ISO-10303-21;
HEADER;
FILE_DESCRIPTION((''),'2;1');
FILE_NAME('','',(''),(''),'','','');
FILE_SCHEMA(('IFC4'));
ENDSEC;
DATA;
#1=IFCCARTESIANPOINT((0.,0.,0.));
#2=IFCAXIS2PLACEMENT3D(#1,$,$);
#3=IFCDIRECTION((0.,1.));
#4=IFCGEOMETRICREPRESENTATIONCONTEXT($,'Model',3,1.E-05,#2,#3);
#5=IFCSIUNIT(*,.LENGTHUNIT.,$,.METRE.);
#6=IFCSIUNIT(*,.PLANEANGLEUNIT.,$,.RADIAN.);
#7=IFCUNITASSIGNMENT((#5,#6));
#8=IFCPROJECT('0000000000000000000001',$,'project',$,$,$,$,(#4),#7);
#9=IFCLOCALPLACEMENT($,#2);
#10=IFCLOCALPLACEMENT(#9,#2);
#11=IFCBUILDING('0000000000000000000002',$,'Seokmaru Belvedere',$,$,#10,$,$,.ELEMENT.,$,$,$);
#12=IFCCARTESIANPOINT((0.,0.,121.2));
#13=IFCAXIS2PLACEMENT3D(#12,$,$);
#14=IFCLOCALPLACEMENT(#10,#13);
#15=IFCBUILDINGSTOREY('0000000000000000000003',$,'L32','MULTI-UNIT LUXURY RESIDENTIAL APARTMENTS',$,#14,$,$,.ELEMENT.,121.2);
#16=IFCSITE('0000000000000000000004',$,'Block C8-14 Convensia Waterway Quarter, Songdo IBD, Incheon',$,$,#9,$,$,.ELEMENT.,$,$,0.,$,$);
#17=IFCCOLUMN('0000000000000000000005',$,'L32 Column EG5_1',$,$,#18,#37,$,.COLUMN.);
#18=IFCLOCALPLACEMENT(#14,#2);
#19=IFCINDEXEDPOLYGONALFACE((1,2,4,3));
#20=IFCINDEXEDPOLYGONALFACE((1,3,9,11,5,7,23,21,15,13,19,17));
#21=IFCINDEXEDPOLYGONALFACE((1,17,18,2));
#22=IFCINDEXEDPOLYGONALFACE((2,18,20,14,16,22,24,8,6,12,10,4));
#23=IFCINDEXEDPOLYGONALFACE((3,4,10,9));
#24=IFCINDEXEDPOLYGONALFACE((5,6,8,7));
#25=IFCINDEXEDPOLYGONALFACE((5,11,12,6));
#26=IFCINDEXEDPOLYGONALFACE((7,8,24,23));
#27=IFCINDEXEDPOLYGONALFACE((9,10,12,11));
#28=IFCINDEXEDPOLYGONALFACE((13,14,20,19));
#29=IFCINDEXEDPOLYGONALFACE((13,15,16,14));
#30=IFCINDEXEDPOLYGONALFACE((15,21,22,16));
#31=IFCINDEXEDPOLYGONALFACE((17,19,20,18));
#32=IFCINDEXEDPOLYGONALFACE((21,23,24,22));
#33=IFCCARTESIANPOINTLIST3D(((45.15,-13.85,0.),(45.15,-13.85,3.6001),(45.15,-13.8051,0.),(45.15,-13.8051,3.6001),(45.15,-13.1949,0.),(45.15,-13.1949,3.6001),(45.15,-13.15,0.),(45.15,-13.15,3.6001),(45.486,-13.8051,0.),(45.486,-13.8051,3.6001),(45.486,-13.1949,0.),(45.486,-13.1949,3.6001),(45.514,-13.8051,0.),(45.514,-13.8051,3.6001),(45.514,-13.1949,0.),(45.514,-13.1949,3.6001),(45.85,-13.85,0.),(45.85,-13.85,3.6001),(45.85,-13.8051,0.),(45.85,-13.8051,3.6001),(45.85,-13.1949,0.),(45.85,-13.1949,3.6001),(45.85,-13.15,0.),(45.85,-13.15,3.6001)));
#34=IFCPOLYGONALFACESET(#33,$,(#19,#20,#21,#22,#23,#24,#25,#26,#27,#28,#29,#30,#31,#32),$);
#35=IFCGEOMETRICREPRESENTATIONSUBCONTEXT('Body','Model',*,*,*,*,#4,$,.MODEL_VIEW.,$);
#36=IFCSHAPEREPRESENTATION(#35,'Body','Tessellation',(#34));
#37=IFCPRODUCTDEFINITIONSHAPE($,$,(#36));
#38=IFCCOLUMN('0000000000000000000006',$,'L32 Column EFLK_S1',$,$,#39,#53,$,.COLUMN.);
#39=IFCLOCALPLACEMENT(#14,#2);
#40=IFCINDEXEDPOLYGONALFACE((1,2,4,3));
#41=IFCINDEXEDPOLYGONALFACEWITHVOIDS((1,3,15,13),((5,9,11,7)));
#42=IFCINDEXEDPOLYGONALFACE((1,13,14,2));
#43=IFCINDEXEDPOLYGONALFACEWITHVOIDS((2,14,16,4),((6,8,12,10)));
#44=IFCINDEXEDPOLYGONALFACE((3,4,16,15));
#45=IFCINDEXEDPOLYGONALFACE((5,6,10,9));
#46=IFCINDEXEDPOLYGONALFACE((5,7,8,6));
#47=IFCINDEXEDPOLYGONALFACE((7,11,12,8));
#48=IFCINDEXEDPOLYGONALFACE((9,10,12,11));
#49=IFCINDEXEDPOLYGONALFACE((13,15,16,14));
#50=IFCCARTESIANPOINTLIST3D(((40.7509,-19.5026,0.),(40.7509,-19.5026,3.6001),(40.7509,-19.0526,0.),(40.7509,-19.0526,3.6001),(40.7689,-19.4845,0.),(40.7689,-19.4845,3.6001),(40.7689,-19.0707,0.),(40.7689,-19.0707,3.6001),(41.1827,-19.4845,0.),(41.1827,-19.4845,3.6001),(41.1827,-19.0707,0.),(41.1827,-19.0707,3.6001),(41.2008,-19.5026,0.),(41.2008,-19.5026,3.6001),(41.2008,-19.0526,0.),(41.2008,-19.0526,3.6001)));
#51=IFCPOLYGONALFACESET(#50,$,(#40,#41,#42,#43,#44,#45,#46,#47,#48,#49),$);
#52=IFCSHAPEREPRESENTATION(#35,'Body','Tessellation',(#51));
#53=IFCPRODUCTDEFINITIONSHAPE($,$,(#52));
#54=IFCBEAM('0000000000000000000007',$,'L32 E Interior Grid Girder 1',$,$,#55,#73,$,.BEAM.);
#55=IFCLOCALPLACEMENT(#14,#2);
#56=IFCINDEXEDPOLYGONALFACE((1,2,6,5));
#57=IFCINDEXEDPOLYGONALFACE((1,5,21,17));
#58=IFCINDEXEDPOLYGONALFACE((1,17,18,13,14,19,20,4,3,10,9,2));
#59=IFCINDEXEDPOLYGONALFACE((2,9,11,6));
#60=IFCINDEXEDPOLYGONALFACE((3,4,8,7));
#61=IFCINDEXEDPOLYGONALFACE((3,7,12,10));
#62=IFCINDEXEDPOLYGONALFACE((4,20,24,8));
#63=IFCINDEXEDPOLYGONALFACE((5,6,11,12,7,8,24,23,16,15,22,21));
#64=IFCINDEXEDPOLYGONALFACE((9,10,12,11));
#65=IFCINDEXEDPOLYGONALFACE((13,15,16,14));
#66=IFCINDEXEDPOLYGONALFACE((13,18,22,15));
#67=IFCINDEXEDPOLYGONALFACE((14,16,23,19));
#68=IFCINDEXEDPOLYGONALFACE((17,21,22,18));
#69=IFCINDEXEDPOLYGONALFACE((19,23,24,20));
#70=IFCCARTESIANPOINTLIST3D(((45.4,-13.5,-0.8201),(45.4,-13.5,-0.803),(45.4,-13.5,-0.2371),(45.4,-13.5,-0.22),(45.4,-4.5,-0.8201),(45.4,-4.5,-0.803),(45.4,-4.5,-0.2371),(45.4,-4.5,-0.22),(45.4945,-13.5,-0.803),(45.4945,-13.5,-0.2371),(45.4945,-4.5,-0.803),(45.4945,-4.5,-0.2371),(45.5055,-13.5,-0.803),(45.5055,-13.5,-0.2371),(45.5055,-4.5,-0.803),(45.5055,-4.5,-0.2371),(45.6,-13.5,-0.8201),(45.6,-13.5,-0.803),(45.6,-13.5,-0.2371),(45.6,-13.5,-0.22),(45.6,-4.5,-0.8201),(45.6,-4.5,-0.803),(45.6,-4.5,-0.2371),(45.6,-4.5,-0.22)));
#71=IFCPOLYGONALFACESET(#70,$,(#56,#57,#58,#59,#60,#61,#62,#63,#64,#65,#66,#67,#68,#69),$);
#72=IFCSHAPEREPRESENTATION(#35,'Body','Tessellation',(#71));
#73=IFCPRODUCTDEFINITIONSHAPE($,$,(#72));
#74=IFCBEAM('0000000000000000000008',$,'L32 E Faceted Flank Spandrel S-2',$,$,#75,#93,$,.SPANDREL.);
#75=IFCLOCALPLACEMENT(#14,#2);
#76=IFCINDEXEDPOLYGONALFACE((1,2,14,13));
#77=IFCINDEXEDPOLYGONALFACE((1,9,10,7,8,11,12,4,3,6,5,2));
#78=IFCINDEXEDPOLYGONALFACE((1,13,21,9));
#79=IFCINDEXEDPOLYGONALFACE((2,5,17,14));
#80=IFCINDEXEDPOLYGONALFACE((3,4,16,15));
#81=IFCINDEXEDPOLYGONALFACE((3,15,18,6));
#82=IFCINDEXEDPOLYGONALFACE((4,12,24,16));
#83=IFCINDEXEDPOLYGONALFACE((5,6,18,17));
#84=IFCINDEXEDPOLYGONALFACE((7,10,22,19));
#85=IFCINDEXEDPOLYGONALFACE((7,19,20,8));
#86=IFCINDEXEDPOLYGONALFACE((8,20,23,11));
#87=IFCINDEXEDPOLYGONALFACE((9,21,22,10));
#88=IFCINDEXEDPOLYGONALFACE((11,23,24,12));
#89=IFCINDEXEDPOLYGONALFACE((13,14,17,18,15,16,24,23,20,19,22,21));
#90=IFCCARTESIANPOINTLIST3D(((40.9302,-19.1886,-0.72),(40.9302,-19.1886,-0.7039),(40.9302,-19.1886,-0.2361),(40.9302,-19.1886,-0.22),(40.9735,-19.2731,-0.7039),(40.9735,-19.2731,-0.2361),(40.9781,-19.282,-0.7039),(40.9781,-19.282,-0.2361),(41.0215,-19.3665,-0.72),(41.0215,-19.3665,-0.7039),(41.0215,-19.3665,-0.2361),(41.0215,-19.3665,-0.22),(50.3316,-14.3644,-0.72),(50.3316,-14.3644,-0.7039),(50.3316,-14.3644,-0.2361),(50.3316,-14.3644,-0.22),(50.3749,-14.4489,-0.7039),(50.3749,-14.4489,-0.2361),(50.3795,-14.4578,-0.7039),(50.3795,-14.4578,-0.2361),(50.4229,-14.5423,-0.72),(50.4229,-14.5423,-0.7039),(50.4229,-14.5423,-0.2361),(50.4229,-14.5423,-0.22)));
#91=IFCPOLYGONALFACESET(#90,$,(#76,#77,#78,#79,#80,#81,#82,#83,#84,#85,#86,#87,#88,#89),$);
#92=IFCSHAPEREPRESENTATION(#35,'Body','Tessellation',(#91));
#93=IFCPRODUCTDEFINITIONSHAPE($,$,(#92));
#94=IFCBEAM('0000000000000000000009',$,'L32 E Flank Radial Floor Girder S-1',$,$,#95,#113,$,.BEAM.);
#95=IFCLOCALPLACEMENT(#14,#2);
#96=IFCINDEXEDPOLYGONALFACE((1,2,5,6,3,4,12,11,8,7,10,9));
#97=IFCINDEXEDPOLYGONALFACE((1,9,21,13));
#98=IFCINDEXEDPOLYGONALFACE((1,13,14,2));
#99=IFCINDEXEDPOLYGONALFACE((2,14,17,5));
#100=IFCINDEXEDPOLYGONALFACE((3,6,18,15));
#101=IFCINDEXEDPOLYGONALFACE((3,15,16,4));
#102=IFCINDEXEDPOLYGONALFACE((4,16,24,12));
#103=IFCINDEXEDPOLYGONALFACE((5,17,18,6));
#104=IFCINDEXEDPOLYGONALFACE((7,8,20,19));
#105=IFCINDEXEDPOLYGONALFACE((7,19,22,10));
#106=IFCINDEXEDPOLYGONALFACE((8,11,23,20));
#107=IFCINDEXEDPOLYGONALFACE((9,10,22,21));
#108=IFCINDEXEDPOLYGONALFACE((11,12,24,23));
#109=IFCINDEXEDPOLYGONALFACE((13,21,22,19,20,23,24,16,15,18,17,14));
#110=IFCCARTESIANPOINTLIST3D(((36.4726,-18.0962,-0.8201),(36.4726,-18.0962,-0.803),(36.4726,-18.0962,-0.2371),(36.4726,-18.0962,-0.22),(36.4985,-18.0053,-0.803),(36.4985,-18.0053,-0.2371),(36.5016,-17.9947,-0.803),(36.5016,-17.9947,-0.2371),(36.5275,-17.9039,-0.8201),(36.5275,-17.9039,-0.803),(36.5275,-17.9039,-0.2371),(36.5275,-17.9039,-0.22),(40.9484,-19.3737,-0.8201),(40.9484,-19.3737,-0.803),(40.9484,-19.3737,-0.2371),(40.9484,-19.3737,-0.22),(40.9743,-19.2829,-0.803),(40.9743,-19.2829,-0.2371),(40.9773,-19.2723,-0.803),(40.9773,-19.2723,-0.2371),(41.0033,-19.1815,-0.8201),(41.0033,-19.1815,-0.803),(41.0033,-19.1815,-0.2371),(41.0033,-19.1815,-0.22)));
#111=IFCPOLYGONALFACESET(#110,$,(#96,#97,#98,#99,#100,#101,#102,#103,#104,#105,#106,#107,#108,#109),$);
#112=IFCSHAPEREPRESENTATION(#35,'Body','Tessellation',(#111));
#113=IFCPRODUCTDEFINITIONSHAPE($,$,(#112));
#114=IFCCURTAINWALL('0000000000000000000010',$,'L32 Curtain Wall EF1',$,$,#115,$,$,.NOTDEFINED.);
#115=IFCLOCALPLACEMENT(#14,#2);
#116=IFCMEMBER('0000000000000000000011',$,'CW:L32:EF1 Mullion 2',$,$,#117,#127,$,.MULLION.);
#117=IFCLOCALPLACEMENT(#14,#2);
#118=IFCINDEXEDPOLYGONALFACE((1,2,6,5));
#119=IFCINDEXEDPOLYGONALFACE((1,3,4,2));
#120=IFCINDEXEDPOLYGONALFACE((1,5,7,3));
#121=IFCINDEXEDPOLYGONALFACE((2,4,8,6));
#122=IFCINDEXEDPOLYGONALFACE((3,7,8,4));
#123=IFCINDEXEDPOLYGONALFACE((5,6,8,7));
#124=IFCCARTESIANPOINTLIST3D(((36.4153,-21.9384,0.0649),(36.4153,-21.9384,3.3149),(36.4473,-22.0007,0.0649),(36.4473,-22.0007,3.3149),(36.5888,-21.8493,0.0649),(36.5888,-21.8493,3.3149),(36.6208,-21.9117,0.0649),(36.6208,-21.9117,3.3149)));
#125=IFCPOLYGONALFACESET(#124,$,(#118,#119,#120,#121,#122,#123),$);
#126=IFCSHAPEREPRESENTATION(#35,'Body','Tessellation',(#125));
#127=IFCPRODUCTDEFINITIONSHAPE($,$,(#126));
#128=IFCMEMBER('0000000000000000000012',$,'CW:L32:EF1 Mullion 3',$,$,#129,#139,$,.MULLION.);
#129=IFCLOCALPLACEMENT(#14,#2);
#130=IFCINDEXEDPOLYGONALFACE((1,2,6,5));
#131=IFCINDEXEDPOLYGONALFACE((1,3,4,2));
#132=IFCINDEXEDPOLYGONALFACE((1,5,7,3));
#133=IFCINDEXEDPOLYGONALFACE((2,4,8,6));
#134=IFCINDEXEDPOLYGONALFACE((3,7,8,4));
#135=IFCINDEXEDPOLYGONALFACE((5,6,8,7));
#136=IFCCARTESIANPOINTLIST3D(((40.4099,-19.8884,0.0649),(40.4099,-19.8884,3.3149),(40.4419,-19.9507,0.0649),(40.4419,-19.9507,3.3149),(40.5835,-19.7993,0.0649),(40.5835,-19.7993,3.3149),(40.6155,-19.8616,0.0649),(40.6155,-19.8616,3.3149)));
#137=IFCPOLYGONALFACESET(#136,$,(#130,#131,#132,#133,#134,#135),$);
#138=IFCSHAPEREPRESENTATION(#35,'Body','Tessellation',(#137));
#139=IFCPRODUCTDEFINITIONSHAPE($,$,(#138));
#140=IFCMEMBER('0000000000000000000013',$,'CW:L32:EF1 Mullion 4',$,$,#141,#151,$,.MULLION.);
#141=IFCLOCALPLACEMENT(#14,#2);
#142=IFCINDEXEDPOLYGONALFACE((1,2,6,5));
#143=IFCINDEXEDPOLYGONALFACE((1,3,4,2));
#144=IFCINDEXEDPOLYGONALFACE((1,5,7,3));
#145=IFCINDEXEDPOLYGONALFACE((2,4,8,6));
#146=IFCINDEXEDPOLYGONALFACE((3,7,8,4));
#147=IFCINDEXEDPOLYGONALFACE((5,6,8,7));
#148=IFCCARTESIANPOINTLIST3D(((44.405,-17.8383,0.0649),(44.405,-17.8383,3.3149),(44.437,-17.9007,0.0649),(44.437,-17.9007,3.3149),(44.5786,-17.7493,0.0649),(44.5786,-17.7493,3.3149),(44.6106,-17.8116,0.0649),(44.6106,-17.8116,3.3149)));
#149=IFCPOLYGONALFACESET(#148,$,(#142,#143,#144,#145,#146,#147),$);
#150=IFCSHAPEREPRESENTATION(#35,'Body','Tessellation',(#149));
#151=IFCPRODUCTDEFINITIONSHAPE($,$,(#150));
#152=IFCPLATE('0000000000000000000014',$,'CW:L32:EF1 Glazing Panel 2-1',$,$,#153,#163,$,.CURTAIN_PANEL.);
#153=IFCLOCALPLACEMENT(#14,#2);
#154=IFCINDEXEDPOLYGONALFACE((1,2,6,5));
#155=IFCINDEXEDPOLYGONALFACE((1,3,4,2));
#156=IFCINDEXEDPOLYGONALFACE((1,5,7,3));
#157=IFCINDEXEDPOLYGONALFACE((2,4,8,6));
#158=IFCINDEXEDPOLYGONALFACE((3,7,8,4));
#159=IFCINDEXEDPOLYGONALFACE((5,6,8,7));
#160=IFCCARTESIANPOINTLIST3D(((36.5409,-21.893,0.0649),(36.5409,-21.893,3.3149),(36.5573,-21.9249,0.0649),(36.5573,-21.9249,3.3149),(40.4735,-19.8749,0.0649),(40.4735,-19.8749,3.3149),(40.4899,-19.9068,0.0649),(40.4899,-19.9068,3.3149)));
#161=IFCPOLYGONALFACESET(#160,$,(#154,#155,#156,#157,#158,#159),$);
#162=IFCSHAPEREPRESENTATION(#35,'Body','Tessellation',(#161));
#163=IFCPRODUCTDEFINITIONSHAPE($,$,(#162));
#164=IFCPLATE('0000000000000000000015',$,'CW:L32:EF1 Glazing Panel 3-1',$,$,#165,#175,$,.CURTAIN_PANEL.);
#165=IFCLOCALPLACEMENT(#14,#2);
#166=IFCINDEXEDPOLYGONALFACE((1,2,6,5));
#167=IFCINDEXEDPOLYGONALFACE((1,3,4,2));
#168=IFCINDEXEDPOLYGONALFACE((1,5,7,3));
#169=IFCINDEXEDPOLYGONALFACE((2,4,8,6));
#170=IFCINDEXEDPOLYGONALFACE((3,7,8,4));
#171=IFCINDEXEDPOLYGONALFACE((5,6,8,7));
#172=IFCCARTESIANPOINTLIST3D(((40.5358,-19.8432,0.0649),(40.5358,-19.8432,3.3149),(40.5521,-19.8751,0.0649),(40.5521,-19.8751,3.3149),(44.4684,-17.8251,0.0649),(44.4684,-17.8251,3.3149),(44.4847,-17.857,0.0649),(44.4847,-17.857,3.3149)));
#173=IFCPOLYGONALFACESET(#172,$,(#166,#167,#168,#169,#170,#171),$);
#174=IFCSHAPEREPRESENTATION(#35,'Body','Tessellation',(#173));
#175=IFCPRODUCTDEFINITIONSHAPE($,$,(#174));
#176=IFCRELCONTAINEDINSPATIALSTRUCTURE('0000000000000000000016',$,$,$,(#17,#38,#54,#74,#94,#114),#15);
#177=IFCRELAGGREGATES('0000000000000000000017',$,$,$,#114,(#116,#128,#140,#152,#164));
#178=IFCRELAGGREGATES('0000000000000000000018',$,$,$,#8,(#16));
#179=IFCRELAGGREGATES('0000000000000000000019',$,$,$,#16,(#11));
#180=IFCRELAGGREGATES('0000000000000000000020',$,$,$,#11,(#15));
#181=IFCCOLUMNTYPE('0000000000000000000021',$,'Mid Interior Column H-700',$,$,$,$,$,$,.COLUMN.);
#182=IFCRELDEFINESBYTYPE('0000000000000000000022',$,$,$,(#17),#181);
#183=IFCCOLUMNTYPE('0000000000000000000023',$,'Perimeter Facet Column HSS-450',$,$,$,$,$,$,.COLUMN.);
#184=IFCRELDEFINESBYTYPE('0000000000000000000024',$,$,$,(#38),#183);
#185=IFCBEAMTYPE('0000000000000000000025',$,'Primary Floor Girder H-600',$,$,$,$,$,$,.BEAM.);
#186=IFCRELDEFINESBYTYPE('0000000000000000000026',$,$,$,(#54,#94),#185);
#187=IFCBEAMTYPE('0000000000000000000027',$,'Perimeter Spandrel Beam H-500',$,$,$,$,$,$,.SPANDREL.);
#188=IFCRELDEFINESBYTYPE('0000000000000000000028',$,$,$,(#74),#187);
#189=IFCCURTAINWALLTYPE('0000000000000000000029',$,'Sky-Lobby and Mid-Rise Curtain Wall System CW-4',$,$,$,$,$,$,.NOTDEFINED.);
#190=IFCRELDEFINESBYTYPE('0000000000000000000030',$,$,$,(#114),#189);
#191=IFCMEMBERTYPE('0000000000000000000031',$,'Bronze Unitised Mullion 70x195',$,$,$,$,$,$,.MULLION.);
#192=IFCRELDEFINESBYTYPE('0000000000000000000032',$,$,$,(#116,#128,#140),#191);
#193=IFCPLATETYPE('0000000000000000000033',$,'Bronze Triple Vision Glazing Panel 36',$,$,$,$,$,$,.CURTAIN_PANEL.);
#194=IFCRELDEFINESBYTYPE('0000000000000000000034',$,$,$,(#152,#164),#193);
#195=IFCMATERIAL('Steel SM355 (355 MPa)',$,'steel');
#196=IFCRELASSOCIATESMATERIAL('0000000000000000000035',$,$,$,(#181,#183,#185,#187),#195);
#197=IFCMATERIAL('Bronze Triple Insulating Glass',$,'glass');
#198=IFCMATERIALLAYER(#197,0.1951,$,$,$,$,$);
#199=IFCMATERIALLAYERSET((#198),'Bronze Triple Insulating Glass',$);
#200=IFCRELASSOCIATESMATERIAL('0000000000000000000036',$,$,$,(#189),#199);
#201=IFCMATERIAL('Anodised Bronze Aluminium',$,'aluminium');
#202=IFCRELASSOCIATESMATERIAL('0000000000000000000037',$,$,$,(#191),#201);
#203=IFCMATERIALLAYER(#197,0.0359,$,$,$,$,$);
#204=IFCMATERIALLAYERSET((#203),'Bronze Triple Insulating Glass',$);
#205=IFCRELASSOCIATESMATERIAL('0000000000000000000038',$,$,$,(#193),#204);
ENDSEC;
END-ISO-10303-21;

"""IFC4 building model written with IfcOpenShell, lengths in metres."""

from ifc_helpers import new_model, si_unit, direction, frame, origin, origin_2d, place, context, subcontext, project, spatial, rectangle, hollow_rectangle, i_section, extrude, source, transform, mapped, material, layer, layer_set, material_profile, profile_set, type_object, type_shapes, element, aggregate, save


model = new_model("IFC4")

# Units and contexts
model_context = context("Model", 3, precision=1e-05, world=origin(), true_north=direction((0.0, 1.0)))
body_context = subcontext(model_context, "Body", "Model", "MODEL_VIEW")
ifc_project = project(units=[si_unit("LENGTHUNIT", "METRE"), si_unit("PLANEANGLEUNIT", "RADIAN")], contexts=[model_context])

# Site, building, storey
site_placement = place(None, origin())
site = spatial("IfcSite", under=ifc_project, at=site_placement, Name="Block C8-14 Convensia Waterway Quarter, Songdo IBD, Incheon", CompositionType="ELEMENT", RefElevation=0.0)
building_placement = place(site_placement, origin())
building = spatial("IfcBuilding", under=site, at=building_placement, Name="Seokmaru Belvedere", CompositionType="ELEMENT")
storey_placement = place(building_placement, frame((0.0, 0.0, 121.2)))
storey = spatial("IfcBuildingStorey", under=building, at=storey_placement, Name="L32", Description="MULTI-UNIT LUXURY RESIDENTIAL APARTMENTS", CompositionType="ELEMENT", Elevation=121.2)

# Columns
ifc_material_1 = material(Name="Steel SM355 (355 MPa)", Category="steel")
ifc_material_profile_1 = material_profile(ifc_material_1, i_section(OverallWidth=0.7, OverallDepth=0.7, WebThickness=0.0281, FlangeThickness=0.0449, at=origin_2d()), Name="H-700x700x28x45")
ifc_profile_set_1 = profile_set([ifc_material_profile_1], Name="Steel SM355 (355 MPa)")
column_type_1 = type_object("IfcColumnType", Name="Mid Interior Column H-700", PredefinedType="COLUMN", material=ifc_profile_set_1)
shared_shape_1 = source(origin(), body_context, "Body", "SweptSolid", [
    extrude(i_section(OverallWidth=0.7, OverallDepth=0.7, WebThickness=0.0281, FlangeThickness=0.0449, at=origin_2d()), origin(), (0.0, 0.0, 1.0), 3.6001),
])
type_shapes(column_type_1, [shared_shape_1])
column_1_placement = place(storey_placement, frame((45.5, -13.5, 0.0), z_axis=(0.0, 0.0, 1.0), x_axis=(1.0, 0.0, 0.0)))
element("IfcColumn", 1, at=column_1_placement, inside=storey, type_object=column_type_1, Name="L32 Column EG5_1", PredefinedType="COLUMN", context=body_context, shape_type="MappedRepresentation", body=[
    mapped(shared_shape_1, transform((0.0, 0.0, 0.0), scale=1.0)),
])
ifc_material_profile_2 = material_profile(ifc_material_1, hollow_rectangle(XDim=0.45, YDim=0.45, WallThickness=0.0181, at=origin_2d()), Name="HSS-450x450x18")
ifc_profile_set_2 = profile_set([ifc_material_profile_2], Name="Steel SM355 (355 MPa)")
column_type_2 = type_object("IfcColumnType", Name="Perimeter Facet Column HSS-450", PredefinedType="COLUMN", material=ifc_profile_set_2)
shared_shape_2 = source(origin(), body_context, "Body", "SweptSolid", [
    extrude(hollow_rectangle(XDim=0.45, YDim=0.45, WallThickness=0.0181, at=origin_2d()), origin(), (0.0, 0.0, 1.0), 3.6001),
])
type_shapes(column_type_2, [shared_shape_2])
column_2_placement = place(storey_placement, frame((40.9758, -19.2776, 0.0), z_axis=(0.0, 0.0, 1.0), x_axis=(1.0, 0.0, 0.0)))
element("IfcColumn", 2, at=column_2_placement, inside=storey, type_object=column_type_2, Name="L32 Column EFLK_S1", PredefinedType="COLUMN", context=body_context, shape_type="MappedRepresentation", body=[
    mapped(shared_shape_2, transform((0.0, 0.0, 0.0), scale=1.0)),
])

# Beams
ifc_material_profile_3 = material_profile(ifc_material_1, i_section(OverallWidth=0.2, OverallDepth=0.6001, WebThickness=0.011, FlangeThickness=0.0171, at=origin_2d()), Name="H-600x200x11x17")
ifc_profile_set_3 = profile_set([ifc_material_profile_3], Name="Steel SM355 (355 MPa)")
beam_type_1 = type_object("IfcBeamType", Name="Primary Floor Girder H-600", PredefinedType="BEAM", material=ifc_profile_set_3)
shared_shape_3 = source(origin(), body_context, "Body", "SweptSolid", [
    extrude(i_section(OverallWidth=0.2, OverallDepth=0.6001, WebThickness=0.011, FlangeThickness=0.0171, at=origin_2d()), origin(), (0.0, 0.0, 1.0), 9.0),
])
beam_1_placement = place(storey_placement, frame((45.5, -13.5, -0.52), z_axis=(0.0, 1.0, 0.0), x_axis=(-1.0, 0.0, 0.0)))
element("IfcBeam", 3, at=beam_1_placement, inside=storey, type_object=beam_type_1, Name="L32 E Interior Grid Girder 1", PredefinedType="BEAM", context=body_context, shape_type="MappedRepresentation", body=[
    mapped(shared_shape_3, transform((0.0, 0.0, 0.0), scale=1.0)),
])
ifc_material_profile_4 = material_profile(ifc_material_1, i_section(OverallWidth=0.2, OverallDepth=0.5, WebThickness=0.01, FlangeThickness=0.0161, at=origin_2d()), Name="H-500x200x10x16")
ifc_profile_set_4 = profile_set([ifc_material_profile_4], Name="Steel SM355 (355 MPa)")
beam_type_2 = type_object("IfcBeamType", Name="Perimeter Spandrel Beam H-500", PredefinedType="SPANDREL", material=ifc_profile_set_4)
shared_shape_4 = source(origin(), body_context, "Body", "SweptSolid", [
    extrude(i_section(OverallWidth=0.2, OverallDepth=0.5, WebThickness=0.01, FlangeThickness=0.0161, at=origin_2d()), origin(), (0.0, 0.0, 1.0), 10.5669),
])
type_shapes(beam_type_2, [shared_shape_4])
beam_2_placement = place(storey_placement, frame((40.9758, -19.2776, -0.47), z_axis=(0.889702, 0.456542, 0.0), x_axis=(-0.456542, 0.889702, 0.0)))
element("IfcBeam", 4, at=beam_2_placement, inside=storey, type_object=beam_type_2, Name="L32 E Faceted Flank Spandrel S-2", PredefinedType="SPANDREL", context=body_context, shape_type="MappedRepresentation", body=[
    mapped(shared_shape_4, transform((0.0, 0.0, 0.0), scale=1.0)),
])
shared_shape_5 = source(origin(), body_context, "Body", "SweptSolid", [
    extrude(i_section(OverallWidth=0.2, OverallDepth=0.6001, WebThickness=0.011, FlangeThickness=0.0171, at=origin_2d()), origin(), (0.0, 0.0, 1.0), 4.6545),
])
type_shapes(beam_type_1, [shared_shape_3, shared_shape_5])
beam_3_placement = place(storey_placement, frame((40.9758, -19.2776, -0.52), z_axis=(-0.961593, 0.274479, 0.0), x_axis=(-0.274479, -0.961593, 0.0)))
element("IfcBeam", 5, at=beam_3_placement, inside=storey, type_object=beam_type_1, Name="L32 E Flank Radial Floor Girder S-1", PredefinedType="BEAM", context=body_context, shape_type="MappedRepresentation", body=[
    mapped(shared_shape_5, transform((0.0, 0.0, 0.0), scale=1.0)),
])

# Curtain wall, members, plates
ifc_material_2 = material(Name="Bronze Triple Insulating Glass", Category="glass")
ifc_layer_1 = layer(ifc_material_2, 0.1951)
ifc_layer_set_1 = layer_set([ifc_layer_1], Name="Bronze Triple Insulating Glass")
curtain_wall_type = type_object("IfcCurtainWallType", Name="Sky-Lobby and Mid-Rise Curtain Wall System CW-4", PredefinedType="NOTDEFINED", material=ifc_layer_set_1)
curtain_wall_placement = place(storey_placement, origin())
curtain_wall = element("IfcCurtainWall", 6, at=curtain_wall_placement, inside=storey, type_object=curtain_wall_type, Name="L32 Curtain Wall EF1", PredefinedType="NOTDEFINED")
ifc_material_3 = material(Name="Anodised Bronze Aluminium", Category="aluminium")
ifc_material_profile_5 = material_profile(ifc_material_3, rectangle(XDim=0.0701, YDim=0.1951, at=origin_2d()), Name="CW-M-70x195")
ifc_profile_set_5 = profile_set([ifc_material_profile_5], Name="Anodised Bronze Aluminium")
member_type = type_object("IfcMemberType", Name="Bronze Unitised Mullion 70x195", PredefinedType="MULLION", material=ifc_profile_set_5)
shared_shape_6 = source(origin(), body_context, "Body", "SweptSolid", [
    extrude(rectangle(XDim=0.0701, YDim=0.1951, at=origin_2d()), origin(), (0.0, 0.0, 1.0), 3.25),
])
type_shapes(member_type, [shared_shape_6])
member_1_placement = place(storey_placement, frame((36.5181, -21.925, 0.0649), z_axis=(0.0, 0.0, 1.0), x_axis=(-0.456555, 0.889695, 0.0)))
member_1 = element("IfcMember", 7, at=member_1_placement, type_object=member_type, Name="CW:L32:EF1 Mullion 2", PredefinedType="MULLION", context=body_context, shape_type="MappedRepresentation", body=[
    mapped(shared_shape_6, transform((0.0, 0.0, 0.0), scale=1.0)),
])
member_2_placement = place(storey_placement, frame((40.5127, -19.875, 0.0649), z_axis=(0.0, 0.0, 1.0), x_axis=(-0.456555, 0.889695, 0.0)))
member_2 = element("IfcMember", 8, at=member_2_placement, type_object=member_type, Name="CW:L32:EF1 Mullion 3", PredefinedType="MULLION", context=body_context, shape_type="MappedRepresentation", body=[
    mapped(shared_shape_6, transform((0.0, 0.0, 0.0), scale=1.0)),
])
member_3_placement = place(storey_placement, frame((44.5078, -17.825, 0.0649), z_axis=(0.0, 0.0, 1.0), x_axis=(-0.456555, 0.889695, 0.0)))
member_3 = element("IfcMember", 9, at=member_3_placement, type_object=member_type, Name="CW:L32:EF1 Mullion 4", PredefinedType="MULLION", context=body_context, shape_type="MappedRepresentation", body=[
    mapped(shared_shape_6, transform((0.0, 0.0, 0.0), scale=1.0)),
])
ifc_layer_2 = layer(ifc_material_2, 0.0359)
ifc_layer_set_2 = layer_set([ifc_layer_2], Name="Bronze Triple Insulating Glass")
plate_type = type_object("IfcPlateType", Name="Bronze Triple Vision Glazing Panel 36", PredefinedType="CURTAIN_PANEL", material=ifc_layer_set_2)
shared_shape_7 = source(origin(), body_context, "Body", "SweptSolid", [
    extrude(rectangle(XDim=4.4202, YDim=0.0359, at=origin_2d()), origin(), (0.0, 0.0, 1.0), 3.25),
])
type_shapes(plate_type, [shared_shape_7])
plate_1_placement = place(storey_placement, frame((38.5154, -20.8999, 0.0649), z_axis=(0.0, 0.0, 1.0), x_axis=(0.889695, 0.456555, 0.0)))
plate_1 = element("IfcPlate", 10, at=plate_1_placement, type_object=plate_type, Name="CW:L32:EF1 Glazing Panel 2-1", PredefinedType="CURTAIN_PANEL", context=body_context, shape_type="MappedRepresentation", body=[
    mapped(shared_shape_7, transform((0.0, 0.0, 0.0), scale=1.0)),
])
plate_2_placement = place(storey_placement, frame((42.5103, -18.8501, 0.0649), z_axis=(0.0, 0.0, 1.0), x_axis=(0.889695, 0.456555, 0.0)))
plate_2 = element("IfcPlate", 11, at=plate_2_placement, type_object=plate_type, Name="CW:L32:EF1 Glazing Panel 3-1", PredefinedType="CURTAIN_PANEL", context=body_context, shape_type="MappedRepresentation", body=[
    mapped(shared_shape_7, transform((0.0, 0.0, 0.0), scale=1.0)),
])
aggregate(curtain_wall, [member_1, member_2, member_3, plate_1, plate_2])

save(model, "model.ifc")
